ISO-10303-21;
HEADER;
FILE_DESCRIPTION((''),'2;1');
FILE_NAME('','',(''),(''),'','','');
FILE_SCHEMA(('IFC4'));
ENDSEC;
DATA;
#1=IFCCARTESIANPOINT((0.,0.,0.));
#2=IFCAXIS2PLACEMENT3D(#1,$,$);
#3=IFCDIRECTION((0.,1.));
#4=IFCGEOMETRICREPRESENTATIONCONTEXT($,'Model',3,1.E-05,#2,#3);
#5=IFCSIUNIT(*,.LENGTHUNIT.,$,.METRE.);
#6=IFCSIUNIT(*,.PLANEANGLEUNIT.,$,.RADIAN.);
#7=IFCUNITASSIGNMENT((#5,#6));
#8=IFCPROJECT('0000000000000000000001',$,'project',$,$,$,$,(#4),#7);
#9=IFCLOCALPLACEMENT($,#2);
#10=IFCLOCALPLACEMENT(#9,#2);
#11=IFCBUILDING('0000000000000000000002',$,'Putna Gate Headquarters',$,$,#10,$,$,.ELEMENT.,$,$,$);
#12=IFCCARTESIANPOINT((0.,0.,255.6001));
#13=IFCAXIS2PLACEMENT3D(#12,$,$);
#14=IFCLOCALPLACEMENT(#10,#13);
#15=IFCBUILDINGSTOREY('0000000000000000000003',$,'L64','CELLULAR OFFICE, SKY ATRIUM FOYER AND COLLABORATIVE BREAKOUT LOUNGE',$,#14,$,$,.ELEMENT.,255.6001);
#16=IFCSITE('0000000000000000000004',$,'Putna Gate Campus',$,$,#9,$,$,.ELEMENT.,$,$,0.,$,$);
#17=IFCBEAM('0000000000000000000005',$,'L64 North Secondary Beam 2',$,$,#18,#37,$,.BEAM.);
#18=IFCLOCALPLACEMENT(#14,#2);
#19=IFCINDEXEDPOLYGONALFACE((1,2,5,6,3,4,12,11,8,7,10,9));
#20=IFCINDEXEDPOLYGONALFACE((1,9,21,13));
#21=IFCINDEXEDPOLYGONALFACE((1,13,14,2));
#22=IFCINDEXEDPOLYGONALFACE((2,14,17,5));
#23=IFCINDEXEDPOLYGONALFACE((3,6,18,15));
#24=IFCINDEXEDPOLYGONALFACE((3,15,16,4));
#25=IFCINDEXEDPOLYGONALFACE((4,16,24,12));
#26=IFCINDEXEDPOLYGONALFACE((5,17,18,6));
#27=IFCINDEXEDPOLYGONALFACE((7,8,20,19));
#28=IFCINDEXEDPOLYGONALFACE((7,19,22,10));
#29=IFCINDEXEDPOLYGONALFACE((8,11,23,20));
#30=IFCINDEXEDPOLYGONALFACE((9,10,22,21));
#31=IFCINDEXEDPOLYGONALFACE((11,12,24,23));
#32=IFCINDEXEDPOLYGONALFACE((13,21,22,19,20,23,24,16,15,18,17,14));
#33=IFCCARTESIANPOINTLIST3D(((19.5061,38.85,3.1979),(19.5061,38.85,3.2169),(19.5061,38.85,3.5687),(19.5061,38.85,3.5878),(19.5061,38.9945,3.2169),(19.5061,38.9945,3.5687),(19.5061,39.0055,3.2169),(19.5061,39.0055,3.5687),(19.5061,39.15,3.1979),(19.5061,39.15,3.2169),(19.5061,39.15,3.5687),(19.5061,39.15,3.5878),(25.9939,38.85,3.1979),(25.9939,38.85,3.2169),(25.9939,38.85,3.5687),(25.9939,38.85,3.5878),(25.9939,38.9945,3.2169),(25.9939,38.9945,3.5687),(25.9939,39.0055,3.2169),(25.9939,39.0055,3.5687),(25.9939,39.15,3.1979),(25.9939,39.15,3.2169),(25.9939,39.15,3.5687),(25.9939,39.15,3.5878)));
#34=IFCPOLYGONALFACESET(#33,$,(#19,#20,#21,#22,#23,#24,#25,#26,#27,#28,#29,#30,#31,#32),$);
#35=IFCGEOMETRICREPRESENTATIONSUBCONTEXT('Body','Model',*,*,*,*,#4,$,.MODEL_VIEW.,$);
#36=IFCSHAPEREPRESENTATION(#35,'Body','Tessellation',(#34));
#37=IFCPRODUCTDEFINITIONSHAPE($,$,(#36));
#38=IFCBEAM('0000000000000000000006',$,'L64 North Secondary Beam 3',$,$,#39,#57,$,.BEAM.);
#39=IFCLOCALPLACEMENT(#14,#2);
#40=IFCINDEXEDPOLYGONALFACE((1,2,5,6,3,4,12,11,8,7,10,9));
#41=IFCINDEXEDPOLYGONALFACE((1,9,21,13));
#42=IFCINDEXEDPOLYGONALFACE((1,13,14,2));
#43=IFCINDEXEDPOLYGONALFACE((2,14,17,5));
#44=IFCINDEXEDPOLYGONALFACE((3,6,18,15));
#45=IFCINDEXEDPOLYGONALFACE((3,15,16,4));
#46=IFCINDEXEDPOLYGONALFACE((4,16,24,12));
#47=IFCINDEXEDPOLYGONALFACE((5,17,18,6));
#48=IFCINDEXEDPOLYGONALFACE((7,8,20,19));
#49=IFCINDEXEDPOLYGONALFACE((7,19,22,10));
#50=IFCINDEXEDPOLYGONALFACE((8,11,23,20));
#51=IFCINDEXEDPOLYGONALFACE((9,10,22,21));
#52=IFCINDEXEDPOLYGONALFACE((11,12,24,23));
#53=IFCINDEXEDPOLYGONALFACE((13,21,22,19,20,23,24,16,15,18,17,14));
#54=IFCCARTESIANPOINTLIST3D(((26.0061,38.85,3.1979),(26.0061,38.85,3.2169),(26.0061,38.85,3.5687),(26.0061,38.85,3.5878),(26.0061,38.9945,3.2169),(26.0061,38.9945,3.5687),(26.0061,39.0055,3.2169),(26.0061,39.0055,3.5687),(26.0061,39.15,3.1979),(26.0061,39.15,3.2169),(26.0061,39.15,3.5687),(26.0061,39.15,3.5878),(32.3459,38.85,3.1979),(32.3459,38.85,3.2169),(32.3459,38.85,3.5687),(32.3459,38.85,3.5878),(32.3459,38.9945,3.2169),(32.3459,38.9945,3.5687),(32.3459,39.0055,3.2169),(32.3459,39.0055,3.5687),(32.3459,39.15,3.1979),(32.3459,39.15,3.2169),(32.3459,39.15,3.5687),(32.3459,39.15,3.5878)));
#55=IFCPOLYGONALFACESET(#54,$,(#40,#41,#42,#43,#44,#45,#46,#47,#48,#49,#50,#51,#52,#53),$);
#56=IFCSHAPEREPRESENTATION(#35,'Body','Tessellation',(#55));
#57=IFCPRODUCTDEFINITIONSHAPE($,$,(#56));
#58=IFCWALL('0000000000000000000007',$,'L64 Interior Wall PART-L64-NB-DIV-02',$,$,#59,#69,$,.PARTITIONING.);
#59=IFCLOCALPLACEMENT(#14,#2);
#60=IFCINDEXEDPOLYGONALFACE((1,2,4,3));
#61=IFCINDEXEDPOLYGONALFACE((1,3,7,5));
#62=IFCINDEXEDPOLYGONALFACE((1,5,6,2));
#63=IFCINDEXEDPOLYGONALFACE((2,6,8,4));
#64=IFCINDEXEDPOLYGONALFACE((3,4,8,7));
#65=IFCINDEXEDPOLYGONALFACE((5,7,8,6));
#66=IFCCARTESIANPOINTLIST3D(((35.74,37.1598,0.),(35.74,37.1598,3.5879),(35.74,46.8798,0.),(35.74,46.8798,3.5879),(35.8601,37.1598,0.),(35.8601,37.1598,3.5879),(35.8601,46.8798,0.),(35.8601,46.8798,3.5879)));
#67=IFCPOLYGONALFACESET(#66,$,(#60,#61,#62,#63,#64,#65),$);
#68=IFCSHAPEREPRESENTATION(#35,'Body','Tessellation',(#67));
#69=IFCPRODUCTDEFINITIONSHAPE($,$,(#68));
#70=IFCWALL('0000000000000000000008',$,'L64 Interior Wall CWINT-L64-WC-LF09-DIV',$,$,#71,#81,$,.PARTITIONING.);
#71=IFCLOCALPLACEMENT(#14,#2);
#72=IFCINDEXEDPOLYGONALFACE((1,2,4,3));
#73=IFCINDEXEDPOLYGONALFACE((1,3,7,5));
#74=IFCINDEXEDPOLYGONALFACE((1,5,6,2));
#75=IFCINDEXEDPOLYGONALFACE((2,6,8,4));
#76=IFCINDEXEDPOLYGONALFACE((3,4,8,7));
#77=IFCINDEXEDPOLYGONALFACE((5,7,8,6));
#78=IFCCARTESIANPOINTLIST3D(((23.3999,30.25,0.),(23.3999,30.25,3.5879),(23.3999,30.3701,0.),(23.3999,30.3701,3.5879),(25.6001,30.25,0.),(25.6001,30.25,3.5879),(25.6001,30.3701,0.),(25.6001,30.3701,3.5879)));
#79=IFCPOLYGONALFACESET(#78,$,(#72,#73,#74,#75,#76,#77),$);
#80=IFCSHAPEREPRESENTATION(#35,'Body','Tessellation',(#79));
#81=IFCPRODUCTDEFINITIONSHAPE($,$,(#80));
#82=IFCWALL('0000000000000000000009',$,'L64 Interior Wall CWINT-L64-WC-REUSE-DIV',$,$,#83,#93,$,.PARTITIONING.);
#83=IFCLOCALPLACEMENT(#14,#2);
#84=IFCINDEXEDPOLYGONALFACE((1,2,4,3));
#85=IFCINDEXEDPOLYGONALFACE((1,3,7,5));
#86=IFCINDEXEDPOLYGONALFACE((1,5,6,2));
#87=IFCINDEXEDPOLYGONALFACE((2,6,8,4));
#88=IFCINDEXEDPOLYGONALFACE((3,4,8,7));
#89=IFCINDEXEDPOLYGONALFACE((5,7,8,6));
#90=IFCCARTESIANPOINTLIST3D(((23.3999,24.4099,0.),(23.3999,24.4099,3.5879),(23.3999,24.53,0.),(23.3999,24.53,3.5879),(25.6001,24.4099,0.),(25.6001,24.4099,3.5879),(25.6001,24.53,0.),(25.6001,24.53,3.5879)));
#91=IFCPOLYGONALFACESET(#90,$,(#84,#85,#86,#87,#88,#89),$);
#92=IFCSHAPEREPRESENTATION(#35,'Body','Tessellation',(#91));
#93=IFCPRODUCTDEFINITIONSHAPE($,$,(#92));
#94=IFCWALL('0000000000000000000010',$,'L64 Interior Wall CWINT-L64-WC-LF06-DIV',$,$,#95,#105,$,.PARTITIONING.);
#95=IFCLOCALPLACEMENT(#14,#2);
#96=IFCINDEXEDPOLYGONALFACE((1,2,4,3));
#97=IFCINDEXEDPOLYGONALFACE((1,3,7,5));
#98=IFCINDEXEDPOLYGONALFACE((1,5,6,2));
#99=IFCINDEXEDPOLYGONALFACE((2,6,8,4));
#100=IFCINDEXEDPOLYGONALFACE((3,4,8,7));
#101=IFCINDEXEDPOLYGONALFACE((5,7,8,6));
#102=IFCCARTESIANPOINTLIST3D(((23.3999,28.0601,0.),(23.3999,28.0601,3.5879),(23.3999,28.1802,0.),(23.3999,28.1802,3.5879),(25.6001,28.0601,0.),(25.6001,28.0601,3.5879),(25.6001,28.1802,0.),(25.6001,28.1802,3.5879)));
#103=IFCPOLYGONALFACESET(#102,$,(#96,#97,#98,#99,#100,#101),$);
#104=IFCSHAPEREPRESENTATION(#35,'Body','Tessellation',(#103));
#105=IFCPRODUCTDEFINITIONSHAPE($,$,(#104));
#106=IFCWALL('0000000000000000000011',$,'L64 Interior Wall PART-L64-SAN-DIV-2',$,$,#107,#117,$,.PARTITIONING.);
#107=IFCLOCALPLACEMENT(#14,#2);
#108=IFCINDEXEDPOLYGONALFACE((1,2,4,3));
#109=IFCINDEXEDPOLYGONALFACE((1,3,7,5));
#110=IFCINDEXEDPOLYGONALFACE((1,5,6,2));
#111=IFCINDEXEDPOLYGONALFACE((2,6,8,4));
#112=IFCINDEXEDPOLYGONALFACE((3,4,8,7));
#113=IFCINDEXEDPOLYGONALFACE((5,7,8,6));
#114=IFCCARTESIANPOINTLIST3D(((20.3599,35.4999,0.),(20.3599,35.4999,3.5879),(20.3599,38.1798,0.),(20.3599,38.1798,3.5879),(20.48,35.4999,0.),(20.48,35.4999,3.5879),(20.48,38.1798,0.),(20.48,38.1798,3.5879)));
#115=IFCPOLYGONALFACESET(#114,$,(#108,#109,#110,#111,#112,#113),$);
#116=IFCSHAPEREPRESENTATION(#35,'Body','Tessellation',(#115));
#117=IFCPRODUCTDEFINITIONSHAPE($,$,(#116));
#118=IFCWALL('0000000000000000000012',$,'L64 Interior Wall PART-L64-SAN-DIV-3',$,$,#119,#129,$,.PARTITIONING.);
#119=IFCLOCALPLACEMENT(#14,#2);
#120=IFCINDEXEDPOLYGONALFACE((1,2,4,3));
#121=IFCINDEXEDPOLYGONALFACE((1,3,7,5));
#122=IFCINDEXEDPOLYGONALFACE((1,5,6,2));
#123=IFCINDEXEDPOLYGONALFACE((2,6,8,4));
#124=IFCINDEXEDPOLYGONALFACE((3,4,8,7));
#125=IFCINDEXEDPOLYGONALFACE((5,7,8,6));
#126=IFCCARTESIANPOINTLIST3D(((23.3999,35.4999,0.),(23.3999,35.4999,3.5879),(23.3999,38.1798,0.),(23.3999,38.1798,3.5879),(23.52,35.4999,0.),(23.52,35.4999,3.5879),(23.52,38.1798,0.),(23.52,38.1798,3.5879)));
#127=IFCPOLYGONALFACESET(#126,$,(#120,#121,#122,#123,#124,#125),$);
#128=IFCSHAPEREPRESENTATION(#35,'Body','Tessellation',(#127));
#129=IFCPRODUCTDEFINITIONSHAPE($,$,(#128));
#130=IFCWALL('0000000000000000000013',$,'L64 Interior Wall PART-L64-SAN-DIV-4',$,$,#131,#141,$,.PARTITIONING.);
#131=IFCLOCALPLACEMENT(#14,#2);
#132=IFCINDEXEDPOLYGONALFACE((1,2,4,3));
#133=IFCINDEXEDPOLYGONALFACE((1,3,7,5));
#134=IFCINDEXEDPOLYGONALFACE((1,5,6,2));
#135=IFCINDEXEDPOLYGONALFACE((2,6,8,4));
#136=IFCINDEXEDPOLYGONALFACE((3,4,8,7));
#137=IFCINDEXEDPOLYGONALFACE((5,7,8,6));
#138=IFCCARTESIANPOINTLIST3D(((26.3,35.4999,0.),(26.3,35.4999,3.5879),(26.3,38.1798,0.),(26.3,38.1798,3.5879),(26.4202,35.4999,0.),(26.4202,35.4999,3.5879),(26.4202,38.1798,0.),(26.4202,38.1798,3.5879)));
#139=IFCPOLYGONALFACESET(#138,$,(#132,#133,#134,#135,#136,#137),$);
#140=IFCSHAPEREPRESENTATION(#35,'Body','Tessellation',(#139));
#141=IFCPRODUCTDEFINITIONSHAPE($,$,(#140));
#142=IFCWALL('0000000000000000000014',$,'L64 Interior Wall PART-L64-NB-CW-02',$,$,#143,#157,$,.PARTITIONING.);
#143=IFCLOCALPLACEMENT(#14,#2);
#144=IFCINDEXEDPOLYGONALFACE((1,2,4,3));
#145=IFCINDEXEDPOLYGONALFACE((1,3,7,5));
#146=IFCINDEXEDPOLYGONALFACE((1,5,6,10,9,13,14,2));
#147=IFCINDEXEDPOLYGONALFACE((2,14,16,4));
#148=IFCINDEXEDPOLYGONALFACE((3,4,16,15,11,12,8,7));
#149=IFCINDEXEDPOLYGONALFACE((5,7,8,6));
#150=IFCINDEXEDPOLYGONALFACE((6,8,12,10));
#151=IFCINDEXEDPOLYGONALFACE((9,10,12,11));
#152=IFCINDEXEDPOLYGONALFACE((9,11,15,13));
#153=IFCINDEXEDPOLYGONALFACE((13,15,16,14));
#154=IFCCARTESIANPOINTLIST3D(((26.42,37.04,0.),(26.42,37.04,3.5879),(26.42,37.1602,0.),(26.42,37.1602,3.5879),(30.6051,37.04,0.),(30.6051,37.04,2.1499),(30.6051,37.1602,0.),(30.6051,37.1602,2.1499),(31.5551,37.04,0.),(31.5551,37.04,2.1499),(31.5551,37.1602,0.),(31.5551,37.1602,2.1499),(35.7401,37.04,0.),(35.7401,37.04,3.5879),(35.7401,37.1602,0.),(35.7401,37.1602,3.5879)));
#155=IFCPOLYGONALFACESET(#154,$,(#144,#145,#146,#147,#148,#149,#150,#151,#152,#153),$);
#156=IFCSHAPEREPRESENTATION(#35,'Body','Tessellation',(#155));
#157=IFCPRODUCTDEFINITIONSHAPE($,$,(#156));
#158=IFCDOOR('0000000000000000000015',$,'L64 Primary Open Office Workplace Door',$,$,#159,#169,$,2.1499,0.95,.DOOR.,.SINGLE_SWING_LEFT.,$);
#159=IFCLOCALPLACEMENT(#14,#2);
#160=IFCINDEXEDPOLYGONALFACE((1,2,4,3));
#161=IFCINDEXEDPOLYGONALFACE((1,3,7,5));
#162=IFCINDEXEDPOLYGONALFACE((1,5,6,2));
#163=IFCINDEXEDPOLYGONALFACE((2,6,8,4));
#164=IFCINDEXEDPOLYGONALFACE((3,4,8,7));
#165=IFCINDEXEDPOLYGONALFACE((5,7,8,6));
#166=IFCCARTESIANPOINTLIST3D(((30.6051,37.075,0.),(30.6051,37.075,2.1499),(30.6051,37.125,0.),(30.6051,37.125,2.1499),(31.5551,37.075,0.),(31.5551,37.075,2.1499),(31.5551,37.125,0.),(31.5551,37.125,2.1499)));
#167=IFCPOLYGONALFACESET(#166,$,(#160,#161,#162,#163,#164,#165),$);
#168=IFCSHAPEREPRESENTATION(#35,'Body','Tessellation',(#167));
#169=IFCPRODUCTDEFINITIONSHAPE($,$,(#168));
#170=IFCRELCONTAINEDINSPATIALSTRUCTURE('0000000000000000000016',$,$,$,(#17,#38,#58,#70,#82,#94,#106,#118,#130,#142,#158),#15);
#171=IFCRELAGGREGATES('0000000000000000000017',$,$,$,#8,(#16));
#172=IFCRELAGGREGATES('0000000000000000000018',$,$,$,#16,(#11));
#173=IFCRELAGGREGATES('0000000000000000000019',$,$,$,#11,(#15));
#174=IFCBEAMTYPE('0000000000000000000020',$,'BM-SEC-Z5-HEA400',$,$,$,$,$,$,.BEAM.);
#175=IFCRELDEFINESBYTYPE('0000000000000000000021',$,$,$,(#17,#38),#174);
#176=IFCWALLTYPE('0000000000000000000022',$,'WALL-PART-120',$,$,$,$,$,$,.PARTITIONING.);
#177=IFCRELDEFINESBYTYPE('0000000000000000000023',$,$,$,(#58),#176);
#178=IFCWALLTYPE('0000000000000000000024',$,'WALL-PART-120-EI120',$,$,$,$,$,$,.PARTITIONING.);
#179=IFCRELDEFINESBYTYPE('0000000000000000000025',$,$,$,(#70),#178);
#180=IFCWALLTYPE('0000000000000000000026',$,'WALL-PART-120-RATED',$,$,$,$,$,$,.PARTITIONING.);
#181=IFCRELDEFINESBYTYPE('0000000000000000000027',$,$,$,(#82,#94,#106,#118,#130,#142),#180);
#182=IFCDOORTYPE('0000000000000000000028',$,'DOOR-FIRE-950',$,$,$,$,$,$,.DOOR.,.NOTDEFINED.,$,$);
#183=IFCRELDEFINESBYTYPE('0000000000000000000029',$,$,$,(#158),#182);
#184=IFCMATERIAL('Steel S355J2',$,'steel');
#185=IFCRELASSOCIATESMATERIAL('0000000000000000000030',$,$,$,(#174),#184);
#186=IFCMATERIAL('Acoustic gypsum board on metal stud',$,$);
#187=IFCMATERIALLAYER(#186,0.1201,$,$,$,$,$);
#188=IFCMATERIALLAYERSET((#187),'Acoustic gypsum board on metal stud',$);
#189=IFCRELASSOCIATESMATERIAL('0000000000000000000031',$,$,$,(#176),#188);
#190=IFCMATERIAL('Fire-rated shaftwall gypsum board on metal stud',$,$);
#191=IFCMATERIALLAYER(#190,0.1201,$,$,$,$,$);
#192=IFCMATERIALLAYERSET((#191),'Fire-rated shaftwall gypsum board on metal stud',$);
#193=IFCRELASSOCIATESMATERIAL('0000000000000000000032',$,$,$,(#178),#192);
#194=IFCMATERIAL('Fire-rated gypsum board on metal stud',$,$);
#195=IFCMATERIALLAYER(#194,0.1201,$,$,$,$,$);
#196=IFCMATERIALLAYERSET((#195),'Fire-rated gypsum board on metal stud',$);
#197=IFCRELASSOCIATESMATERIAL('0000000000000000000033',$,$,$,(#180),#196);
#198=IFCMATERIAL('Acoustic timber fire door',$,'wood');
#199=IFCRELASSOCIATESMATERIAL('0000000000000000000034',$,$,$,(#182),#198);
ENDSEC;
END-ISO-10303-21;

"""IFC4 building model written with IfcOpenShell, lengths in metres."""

from ifc_helpers import new_model, si_unit, direction, frame, frame_2d, origin, origin_2d, place, context, subcontext, project, spatial, rectangle, i_section, extrude, material, layer, layer_set, material_profile, profile_set, type_object, element, fill, save


model = new_model("IFC4")

# Units and contexts
model_context = context("Model", 3, precision=1e-05, world=origin(), true_north=direction((0.0, 1.0)))
body_context = subcontext(model_context, "Body", "Model", "MODEL_VIEW")
ifc_project = project(units=[si_unit("LENGTHUNIT", "METRE"), si_unit("PLANEANGLEUNIT", "RADIAN")], contexts=[model_context])

# Site, building, storey
site_placement = place(None, origin())
site = spatial("IfcSite", under=ifc_project, at=site_placement, Name="Putna Gate Campus", CompositionType="ELEMENT", RefElevation=0.0)
building_placement = place(site_placement, origin())
building = spatial("IfcBuilding", under=site, at=building_placement, Name="Putna Gate Headquarters", CompositionType="ELEMENT")
storey_placement = place(building_placement, frame((0.0, 0.0, 255.6001)))
storey = spatial("IfcBuildingStorey", under=building, at=storey_placement, Name="L64", Description="CELLULAR OFFICE, SKY ATRIUM FOYER AND COLLABORATIVE BREAKOUT LOUNGE", CompositionType="ELEMENT", Elevation=255.6001)

# Beams
ifc_material_1 = material(Name="Steel S355J2", Category="steel")
ifc_material_profile_1 = material_profile(ifc_material_1, i_section(OverallWidth=0.3, OverallDepth=0.3899, WebThickness=0.011, FlangeThickness=0.019, at=origin_2d()), Name="Steel S355J2")
ifc_profile_set_1 = profile_set([ifc_material_profile_1], Name="Steel S355J2")
beam_type_1 = type_object("IfcBeamType", Name="BM-SEC-Z5-HEA400", PredefinedType="BEAM", material=ifc_profile_set_1)
beam_1_placement = place(storey_placement, frame((19.5061, 39.0, 3.3928), z_axis=(1.0, 0.0, 0.0), x_axis=(0.0, 1.0, 0.0)))
element("IfcBeam", 1, at=beam_1_placement, inside=storey, type_object=beam_type_1, Name="L64 North Secondary Beam 2", PredefinedType="BEAM", context=body_context, shape_type="SweptSolid", body=[
    extrude(i_section(OverallWidth=0.3, OverallDepth=0.3899, WebThickness=0.011, FlangeThickness=0.019, at=origin_2d()), origin(), (0.0, 0.0, 1.0), 6.4878),
])
beam_2_placement = place(storey_placement, frame((26.0061, 39.0, 3.3928), z_axis=(1.0, 0.0, 0.0), x_axis=(0.0, 1.0, 0.0)))
element("IfcBeam", 2, at=beam_2_placement, inside=storey, type_object=beam_type_1, Name="L64 North Secondary Beam 3", PredefinedType="BEAM", context=body_context, shape_type="SweptSolid", body=[
    extrude(i_section(OverallWidth=0.3, OverallDepth=0.3899, WebThickness=0.011, FlangeThickness=0.019, at=origin_2d()), origin(), (0.0, 0.0, 1.0), 6.3398),
])

# Walls
ifc_material_2 = material(Name="Acoustic gypsum board on metal stud")
ifc_layer_1 = layer(ifc_material_2, 0.1201)
ifc_layer_set_1 = layer_set([ifc_layer_1], Name="Acoustic gypsum board on metal stud")
wall_type_1 = type_object("IfcWallType", Name="WALL-PART-120", PredefinedType="PARTITIONING", material=ifc_layer_set_1)
wall_1_placement = place(storey_placement, frame((35.8, 37.1599, 0.0), z_axis=(0.0, 0.0, 1.0), x_axis=(0.0, 1.0, 0.0)))
element("IfcWall", 3, at=wall_1_placement, inside=storey, type_object=wall_type_1, Name="L64 Interior Wall PART-L64-NB-DIV-02", PredefinedType="PARTITIONING", context=body_context, shape_type="SweptSolid", body=[
    extrude(rectangle(XDim=9.72, YDim=0.1201, at=frame_2d((4.8599, 0.0))), origin(), (0.0, 0.0, 1.0), 3.5879),
])
ifc_material_3 = material(Name="Fire-rated shaftwall gypsum board on metal stud")
ifc_layer_2 = layer(ifc_material_3, 0.1201)
ifc_layer_set_2 = layer_set([ifc_layer_2], Name="Fire-rated shaftwall gypsum board on metal stud")
wall_type_2 = type_object("IfcWallType", Name="WALL-PART-120-EI120", PredefinedType="PARTITIONING", material=ifc_layer_set_2)
wall_2_placement = place(storey_placement, frame((23.3999, 30.3101, 0.0), z_axis=(0.0, 0.0, 1.0), x_axis=(1.0, 0.0, 0.0)))
element("IfcWall", 4, at=wall_2_placement, inside=storey, type_object=wall_type_2, Name="L64 Interior Wall CWINT-L64-WC-LF09-DIV", PredefinedType="PARTITIONING", context=body_context, shape_type="SweptSolid", body=[
    extrude(rectangle(XDim=2.2002, YDim=0.1201, at=frame_2d((1.1001, 0.0))), origin(), (0.0, 0.0, 1.0), 3.5879),
])
ifc_material_4 = material(Name="Fire-rated gypsum board on metal stud")
ifc_layer_3 = layer(ifc_material_4, 0.1201)
ifc_layer_set_3 = layer_set([ifc_layer_3], Name="Fire-rated gypsum board on metal stud")
wall_type_3 = type_object("IfcWallType", Name="WALL-PART-120-RATED", PredefinedType="PARTITIONING", material=ifc_layer_set_3)
for number, where, z_axis, x_axis, name in (
    (5, (23.3999, 24.47, 0.0), (0.0, 0.0, 1.0), (1.0, 0.0, 0.0), "L64 Interior Wall CWINT-L64-WC-REUSE-DIV"),
    (6, (23.3999, 28.1201, 0.0), (0.0, 0.0, 1.0), (1.0, 0.0, 0.0), "L64 Interior Wall CWINT-L64-WC-LF06-DIV"),
):
    element("IfcWall", number, at=place(storey_placement, frame(where, z_axis=z_axis, x_axis=x_axis)), inside=storey, type_object=wall_type_3, Name=name, PredefinedType="PARTITIONING", context=body_context, shape_type="SweptSolid", body=[
        extrude(rectangle(XDim=2.2002, YDim=0.1201, at=frame_2d((1.1001, 0.0))), origin(), (0.0, 0.0, 1.0), 3.5879),
    ])
for number, where, z_axis, x_axis, name in (
    (7, (20.4199, 35.5, 0.0), (0.0, 0.0, 1.0), (0.0, 1.0, 0.0), "L64 Interior Wall PART-L64-SAN-DIV-2"),
    (8, (23.46, 35.5, 0.0), (0.0, 0.0, 1.0), (0.0, 1.0, 0.0), "L64 Interior Wall PART-L64-SAN-DIV-3"),
    (9, (26.3601, 35.5, 0.0), (0.0, 0.0, 1.0), (0.0, 1.0, 0.0), "L64 Interior Wall PART-L64-SAN-DIV-4"),
):
    element("IfcWall", number, at=place(storey_placement, frame(where, z_axis=z_axis, x_axis=x_axis)), inside=storey, type_object=wall_type_3, Name=name, PredefinedType="PARTITIONING", context=body_context, shape_type="SweptSolid", body=[
        extrude(rectangle(XDim=2.6799, YDim=0.1201, at=frame_2d((1.3398, 0.0))), origin(), (0.0, 0.0, 1.0), 3.5879),
    ])

# Wall, opening, door
wall_3_placement = place(storey_placement, frame((26.4199, 37.1001, 0.0), z_axis=(0.0, 0.0, 1.0), x_axis=(1.0, 0.0, 0.0)))
wall_3 = element("IfcWall", 10, at=wall_3_placement, inside=storey, type_object=wall_type_3, Name="L64 Interior Wall PART-L64-NB-CW-02", PredefinedType="PARTITIONING", context=body_context, shape_type="SweptSolid", body=[
    extrude(rectangle(XDim=9.3201, YDim=0.1201, at=frame_2d((4.6602, 0.0))), origin(), (0.0, 0.0, 1.0), 3.5879),
])
opening_1_placement = place(wall_3_placement, frame((4.1851, 0.0, 0.0)))
opening_1 = element("IfcOpeningElement", 11, at=opening_1_placement, cuts=wall_3, PredefinedType="OPENING", context=body_context, shape_type="SweptSolid", body=[
    extrude(rectangle(XDim=0.95, YDim=2.1499, at=frame_2d((0.4751, 1.075))), frame((0.0, 0.0701, 0.0), z_axis=(0.0, -1.0, 0.0), x_axis=(1.0, 0.0, 0.0)), (0.0, 0.0, 1.0), 0.1401),
])
ifc_material_5 = material(Name="Acoustic timber fire door", Category="wood")
door_type = type_object("IfcDoorType", Name="DOOR-FIRE-950", OperationType="NOTDEFINED", PredefinedType="DOOR", material=ifc_material_5)
door_1_placement = place(opening_1_placement, origin())
door_1 = element("IfcDoor", 12, at=door_1_placement, inside=storey, type_object=door_type, Name="L64 Primary Open Office Workplace Door", OperationType="SINGLE_SWING_LEFT", OverallHeight=2.1499, OverallWidth=0.95, PredefinedType="DOOR", context=body_context, shape_type="SweptSolid", body=[
    extrude(rectangle(XDim=0.95, YDim=2.1499, at=frame_2d((0.4751, 1.075))), frame((0.0, 0.0249, 0.0), z_axis=(0.0, -1.0, 0.0), x_axis=(1.0, 0.0, 0.0)), (0.0, 0.0, 1.0), 0.05),
])
fill(opening_1, door_1)

save(model, "model.ifc")
